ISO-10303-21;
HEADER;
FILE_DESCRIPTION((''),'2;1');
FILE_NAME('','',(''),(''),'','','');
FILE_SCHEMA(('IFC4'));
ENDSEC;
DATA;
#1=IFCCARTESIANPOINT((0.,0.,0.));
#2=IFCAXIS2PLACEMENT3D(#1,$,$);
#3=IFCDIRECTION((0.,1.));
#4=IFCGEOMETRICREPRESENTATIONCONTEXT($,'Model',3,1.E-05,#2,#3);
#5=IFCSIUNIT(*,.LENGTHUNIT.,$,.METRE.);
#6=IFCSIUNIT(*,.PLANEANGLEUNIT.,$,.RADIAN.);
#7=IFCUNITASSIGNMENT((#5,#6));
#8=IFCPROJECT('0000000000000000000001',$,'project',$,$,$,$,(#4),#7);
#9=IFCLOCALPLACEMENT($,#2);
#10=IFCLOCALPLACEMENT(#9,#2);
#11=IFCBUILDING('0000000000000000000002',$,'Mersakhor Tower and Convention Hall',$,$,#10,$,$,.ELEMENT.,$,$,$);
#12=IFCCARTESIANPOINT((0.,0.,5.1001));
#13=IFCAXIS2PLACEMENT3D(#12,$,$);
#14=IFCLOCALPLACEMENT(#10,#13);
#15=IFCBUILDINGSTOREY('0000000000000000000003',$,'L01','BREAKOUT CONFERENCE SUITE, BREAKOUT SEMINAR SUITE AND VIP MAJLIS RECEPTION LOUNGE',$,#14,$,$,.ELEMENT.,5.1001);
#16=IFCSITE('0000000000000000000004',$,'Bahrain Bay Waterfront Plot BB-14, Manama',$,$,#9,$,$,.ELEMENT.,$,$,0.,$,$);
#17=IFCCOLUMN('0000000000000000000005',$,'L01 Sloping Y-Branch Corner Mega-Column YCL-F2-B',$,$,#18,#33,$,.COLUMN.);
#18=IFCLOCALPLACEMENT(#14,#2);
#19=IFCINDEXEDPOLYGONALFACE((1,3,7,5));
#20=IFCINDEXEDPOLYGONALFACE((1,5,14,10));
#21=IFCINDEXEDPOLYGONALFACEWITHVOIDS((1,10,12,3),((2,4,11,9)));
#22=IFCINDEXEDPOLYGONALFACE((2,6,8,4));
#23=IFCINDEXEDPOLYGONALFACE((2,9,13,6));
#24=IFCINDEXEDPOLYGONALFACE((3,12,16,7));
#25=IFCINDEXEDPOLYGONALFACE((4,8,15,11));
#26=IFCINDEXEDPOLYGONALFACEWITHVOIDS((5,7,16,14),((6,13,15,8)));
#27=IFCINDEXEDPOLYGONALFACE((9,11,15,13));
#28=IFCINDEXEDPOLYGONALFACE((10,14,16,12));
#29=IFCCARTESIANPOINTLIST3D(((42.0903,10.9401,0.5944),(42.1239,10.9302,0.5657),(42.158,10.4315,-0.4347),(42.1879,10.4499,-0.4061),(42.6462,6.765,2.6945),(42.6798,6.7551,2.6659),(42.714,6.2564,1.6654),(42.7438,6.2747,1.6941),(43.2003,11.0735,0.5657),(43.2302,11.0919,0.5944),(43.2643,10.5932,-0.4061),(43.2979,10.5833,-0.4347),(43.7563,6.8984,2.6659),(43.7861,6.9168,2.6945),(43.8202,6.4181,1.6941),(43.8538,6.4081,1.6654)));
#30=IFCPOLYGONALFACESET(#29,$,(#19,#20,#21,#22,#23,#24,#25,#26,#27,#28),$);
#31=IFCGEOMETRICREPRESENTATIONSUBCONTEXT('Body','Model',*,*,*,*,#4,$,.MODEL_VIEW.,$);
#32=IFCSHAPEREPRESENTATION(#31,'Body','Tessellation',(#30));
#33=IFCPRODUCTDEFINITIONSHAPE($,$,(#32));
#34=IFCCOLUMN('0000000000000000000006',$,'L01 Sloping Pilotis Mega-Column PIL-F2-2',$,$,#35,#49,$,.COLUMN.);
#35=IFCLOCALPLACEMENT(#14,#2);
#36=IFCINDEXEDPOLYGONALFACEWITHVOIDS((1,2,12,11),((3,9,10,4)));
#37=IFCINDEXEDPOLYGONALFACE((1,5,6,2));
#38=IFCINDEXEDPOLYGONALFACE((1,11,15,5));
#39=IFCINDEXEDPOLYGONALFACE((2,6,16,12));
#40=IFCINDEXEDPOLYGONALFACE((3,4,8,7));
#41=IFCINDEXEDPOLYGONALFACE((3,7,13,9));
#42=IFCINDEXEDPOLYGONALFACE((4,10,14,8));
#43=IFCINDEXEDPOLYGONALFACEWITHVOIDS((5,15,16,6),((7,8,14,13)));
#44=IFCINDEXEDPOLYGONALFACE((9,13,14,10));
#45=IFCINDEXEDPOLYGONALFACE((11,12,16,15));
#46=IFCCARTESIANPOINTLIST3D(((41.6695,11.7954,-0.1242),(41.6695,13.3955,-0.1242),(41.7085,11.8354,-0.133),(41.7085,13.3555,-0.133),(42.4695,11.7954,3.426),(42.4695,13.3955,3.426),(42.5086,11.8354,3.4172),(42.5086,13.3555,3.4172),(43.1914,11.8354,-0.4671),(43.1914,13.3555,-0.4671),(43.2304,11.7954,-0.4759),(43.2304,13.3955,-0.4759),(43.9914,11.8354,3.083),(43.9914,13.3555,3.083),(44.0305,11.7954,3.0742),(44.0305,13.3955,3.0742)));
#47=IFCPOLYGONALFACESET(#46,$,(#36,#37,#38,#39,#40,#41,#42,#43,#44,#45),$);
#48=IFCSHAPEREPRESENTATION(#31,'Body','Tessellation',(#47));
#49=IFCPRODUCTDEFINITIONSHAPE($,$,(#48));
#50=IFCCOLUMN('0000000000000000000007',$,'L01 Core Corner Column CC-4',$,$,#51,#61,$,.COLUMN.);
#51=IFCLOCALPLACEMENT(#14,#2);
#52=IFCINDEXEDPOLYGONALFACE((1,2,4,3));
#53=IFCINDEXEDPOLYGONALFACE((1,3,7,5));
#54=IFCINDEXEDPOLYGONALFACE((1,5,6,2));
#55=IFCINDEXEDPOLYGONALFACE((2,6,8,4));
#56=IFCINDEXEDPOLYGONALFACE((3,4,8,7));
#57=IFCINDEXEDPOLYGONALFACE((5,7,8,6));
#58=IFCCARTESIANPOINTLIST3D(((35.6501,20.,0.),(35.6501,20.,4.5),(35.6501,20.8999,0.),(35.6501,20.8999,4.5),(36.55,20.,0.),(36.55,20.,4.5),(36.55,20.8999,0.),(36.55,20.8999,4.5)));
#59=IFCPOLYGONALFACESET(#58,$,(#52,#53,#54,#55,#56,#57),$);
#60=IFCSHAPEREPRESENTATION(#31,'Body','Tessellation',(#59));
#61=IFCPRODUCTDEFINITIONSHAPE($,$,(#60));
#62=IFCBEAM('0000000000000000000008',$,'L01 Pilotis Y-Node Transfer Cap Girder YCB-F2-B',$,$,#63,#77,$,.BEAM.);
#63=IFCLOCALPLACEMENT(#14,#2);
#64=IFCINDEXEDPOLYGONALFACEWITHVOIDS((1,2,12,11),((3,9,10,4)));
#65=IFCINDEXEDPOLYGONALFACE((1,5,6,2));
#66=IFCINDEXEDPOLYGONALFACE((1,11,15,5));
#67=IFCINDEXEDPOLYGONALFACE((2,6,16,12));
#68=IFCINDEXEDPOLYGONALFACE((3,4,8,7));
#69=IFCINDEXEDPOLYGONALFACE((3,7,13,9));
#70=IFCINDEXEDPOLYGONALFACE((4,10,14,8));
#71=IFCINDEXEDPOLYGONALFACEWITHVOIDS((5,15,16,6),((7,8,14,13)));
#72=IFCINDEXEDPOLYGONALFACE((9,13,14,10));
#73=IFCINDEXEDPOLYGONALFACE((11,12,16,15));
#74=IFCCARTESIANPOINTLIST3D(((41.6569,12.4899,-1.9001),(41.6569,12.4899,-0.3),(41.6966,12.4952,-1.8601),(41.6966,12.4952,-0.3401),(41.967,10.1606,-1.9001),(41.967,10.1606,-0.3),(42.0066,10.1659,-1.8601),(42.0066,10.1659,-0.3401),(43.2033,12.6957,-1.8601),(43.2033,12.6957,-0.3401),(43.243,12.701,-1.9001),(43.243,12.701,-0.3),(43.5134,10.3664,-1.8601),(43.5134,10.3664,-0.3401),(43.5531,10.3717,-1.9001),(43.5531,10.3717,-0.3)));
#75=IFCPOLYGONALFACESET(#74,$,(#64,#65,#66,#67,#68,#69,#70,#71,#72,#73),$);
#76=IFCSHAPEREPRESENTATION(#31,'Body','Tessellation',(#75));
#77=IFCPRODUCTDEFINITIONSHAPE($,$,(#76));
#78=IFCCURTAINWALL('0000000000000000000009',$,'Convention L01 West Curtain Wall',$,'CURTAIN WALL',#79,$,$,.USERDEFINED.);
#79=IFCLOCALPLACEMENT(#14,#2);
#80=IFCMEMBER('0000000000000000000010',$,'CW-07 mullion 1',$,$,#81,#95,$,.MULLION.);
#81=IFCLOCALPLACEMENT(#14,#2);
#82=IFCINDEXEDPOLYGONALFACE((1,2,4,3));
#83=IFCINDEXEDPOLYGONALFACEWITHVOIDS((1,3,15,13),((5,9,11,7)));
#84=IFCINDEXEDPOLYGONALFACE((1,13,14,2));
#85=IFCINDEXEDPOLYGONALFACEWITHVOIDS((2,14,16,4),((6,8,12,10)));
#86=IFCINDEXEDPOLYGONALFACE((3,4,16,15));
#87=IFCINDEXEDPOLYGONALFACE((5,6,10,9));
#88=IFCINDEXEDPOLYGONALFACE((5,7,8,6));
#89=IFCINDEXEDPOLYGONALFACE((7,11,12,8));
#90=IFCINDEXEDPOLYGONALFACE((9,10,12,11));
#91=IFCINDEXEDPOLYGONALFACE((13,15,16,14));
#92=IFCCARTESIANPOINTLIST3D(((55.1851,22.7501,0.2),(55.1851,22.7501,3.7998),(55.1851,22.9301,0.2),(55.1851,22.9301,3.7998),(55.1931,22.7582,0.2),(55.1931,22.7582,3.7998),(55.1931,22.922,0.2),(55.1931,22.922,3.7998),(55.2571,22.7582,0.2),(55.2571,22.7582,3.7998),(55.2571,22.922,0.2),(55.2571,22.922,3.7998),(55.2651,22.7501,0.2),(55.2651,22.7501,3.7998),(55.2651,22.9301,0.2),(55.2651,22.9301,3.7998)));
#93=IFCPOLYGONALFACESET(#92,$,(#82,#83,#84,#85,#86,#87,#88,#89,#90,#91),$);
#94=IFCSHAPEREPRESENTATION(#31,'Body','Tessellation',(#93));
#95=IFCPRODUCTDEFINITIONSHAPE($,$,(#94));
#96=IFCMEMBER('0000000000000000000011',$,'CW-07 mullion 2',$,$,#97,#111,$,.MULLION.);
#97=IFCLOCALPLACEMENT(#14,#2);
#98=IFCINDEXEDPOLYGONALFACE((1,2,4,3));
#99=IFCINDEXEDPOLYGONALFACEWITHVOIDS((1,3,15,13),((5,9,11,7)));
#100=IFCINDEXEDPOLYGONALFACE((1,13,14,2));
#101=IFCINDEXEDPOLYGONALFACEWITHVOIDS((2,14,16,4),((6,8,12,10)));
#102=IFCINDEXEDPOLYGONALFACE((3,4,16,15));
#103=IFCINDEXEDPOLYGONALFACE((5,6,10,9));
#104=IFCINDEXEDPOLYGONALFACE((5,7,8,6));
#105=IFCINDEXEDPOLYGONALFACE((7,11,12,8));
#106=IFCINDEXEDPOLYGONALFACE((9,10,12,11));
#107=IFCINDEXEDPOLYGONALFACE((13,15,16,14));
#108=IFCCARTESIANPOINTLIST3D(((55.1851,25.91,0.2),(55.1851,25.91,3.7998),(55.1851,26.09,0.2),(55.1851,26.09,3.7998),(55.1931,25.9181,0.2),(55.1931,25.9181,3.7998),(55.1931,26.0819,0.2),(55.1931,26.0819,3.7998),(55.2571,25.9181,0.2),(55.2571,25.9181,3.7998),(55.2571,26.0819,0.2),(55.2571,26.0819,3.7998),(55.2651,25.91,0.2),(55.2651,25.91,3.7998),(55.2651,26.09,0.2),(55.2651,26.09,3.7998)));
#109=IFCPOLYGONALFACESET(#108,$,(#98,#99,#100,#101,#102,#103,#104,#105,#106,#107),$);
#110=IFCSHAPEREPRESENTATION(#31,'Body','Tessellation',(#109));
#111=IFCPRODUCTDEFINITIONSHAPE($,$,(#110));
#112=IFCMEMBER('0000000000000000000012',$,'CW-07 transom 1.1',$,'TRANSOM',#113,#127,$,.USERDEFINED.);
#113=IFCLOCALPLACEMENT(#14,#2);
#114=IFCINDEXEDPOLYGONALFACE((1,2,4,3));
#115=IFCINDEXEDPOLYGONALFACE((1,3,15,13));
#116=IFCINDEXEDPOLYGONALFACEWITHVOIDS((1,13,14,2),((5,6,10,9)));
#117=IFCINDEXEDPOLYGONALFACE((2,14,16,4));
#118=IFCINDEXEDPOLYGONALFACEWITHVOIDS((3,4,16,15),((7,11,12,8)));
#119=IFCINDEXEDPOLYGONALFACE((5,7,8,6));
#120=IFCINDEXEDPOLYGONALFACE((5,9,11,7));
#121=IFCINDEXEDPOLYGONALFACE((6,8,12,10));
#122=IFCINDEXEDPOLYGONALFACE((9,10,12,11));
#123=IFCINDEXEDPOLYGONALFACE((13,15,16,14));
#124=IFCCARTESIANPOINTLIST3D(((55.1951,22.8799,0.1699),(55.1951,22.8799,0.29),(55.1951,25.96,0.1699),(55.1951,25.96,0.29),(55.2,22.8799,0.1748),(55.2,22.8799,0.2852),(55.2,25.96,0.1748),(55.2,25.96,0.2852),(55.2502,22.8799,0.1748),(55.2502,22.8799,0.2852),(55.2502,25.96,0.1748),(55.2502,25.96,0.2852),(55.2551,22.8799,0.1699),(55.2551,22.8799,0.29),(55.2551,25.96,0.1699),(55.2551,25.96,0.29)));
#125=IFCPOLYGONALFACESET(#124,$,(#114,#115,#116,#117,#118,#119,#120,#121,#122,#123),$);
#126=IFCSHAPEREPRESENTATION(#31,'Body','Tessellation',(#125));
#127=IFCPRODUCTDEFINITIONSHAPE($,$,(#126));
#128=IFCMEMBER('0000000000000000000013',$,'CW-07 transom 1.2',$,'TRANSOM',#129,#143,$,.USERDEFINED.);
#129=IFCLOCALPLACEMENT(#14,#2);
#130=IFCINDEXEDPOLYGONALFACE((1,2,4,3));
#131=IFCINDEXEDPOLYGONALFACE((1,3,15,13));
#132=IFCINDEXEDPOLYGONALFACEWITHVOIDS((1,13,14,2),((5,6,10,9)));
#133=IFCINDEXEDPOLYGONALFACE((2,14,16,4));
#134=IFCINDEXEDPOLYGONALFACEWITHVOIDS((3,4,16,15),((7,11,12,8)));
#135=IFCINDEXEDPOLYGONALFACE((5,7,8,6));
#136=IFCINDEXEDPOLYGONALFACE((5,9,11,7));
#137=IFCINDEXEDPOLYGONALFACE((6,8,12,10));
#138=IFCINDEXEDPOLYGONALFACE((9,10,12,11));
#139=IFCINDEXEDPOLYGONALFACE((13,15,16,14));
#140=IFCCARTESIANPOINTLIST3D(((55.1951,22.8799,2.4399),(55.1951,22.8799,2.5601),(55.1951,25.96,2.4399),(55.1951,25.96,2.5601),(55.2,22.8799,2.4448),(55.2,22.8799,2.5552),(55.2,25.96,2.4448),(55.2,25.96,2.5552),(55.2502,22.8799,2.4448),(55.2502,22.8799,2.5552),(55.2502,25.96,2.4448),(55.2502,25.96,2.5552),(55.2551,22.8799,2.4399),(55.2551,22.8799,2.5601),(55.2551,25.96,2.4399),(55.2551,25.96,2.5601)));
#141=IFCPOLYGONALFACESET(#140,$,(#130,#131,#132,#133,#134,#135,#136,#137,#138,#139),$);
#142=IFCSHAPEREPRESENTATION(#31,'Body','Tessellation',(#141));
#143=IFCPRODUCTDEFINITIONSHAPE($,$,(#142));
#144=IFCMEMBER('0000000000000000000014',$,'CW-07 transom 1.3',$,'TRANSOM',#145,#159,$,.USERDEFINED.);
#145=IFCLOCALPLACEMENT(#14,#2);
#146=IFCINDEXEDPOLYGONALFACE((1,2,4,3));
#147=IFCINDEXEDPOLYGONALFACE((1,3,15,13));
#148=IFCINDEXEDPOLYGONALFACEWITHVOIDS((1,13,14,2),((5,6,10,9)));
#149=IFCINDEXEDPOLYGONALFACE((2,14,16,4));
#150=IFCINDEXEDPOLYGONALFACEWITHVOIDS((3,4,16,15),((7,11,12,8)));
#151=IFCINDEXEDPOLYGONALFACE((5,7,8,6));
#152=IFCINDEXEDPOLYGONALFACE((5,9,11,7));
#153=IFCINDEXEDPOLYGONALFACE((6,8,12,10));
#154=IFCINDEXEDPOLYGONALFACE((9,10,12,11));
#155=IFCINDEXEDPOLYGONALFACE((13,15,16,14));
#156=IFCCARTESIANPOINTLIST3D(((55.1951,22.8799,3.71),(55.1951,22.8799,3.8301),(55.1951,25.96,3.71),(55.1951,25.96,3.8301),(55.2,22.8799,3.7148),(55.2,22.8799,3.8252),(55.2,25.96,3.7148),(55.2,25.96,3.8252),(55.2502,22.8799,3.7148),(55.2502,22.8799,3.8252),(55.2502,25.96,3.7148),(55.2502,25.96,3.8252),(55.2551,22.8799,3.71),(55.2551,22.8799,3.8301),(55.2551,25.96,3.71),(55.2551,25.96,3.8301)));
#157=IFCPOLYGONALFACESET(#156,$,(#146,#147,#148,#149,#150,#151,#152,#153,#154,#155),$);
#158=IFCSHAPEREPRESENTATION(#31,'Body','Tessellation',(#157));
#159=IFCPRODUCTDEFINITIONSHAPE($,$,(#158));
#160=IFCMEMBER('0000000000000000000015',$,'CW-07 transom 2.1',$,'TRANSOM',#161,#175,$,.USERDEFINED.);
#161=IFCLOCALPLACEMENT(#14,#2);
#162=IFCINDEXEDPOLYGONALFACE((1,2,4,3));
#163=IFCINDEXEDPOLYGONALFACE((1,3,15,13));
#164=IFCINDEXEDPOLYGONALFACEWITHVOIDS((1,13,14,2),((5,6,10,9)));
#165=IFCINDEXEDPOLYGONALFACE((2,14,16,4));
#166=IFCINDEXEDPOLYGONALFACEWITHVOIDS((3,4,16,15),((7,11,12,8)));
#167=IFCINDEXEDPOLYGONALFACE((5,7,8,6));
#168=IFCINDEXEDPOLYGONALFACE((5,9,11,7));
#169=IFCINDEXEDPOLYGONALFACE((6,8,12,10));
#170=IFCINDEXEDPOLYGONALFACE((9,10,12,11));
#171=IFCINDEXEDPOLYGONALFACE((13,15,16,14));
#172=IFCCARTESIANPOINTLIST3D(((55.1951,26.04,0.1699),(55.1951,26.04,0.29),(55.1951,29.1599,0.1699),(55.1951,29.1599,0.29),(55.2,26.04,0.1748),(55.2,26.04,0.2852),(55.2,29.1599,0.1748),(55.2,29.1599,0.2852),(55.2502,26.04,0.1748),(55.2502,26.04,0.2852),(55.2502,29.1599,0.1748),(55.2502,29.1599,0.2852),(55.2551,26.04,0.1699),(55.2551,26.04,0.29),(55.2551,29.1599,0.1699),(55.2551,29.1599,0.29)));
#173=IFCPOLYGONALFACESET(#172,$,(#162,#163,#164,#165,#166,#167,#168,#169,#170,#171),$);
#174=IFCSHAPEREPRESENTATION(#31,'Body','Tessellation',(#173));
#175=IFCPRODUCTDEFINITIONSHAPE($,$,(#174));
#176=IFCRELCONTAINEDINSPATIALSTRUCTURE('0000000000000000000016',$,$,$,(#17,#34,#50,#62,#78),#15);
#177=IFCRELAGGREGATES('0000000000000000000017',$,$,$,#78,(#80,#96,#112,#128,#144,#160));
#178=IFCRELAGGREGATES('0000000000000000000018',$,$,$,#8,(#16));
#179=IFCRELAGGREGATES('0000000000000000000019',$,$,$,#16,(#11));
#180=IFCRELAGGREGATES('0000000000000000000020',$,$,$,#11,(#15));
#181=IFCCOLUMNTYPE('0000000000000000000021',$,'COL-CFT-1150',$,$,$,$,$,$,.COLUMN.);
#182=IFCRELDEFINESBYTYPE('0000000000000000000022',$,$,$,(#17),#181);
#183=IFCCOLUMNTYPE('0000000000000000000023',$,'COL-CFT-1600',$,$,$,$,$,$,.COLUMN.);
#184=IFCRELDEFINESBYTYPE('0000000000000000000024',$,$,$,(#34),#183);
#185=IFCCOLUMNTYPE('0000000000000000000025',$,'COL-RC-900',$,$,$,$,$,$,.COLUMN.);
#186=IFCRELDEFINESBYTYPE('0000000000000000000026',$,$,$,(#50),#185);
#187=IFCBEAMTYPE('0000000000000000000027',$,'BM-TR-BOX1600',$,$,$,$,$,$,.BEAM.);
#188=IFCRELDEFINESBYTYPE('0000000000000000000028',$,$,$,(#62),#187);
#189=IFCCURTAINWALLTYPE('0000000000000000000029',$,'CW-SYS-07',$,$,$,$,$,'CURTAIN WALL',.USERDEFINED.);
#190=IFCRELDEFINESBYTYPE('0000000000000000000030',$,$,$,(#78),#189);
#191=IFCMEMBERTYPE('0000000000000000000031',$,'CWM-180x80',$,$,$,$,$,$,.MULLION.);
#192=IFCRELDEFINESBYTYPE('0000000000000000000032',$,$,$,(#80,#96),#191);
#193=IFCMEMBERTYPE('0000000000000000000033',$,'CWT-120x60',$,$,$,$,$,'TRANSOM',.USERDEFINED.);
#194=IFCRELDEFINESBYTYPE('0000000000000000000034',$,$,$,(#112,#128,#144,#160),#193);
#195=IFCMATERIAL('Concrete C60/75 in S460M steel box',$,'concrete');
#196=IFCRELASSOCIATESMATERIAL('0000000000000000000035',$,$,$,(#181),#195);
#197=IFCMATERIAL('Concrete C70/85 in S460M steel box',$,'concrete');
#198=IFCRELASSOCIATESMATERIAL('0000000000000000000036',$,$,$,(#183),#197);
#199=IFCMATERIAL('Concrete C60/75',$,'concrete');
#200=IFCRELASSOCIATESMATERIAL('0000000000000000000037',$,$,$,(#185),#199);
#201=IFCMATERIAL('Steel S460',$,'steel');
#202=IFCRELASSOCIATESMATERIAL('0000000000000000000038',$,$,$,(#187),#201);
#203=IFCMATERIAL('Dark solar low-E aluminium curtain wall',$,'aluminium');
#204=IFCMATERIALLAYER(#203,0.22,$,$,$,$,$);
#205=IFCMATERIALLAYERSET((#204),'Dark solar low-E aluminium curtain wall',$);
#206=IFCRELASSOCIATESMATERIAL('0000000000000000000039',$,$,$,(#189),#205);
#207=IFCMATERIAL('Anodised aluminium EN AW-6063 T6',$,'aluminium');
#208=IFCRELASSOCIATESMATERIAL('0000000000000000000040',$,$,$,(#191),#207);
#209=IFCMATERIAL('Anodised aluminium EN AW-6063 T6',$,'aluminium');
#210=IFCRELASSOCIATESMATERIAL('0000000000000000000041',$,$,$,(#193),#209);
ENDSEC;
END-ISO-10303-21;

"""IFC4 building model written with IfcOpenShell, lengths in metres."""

from ifc_helpers import new_model, si_unit, direction, frame, origin, origin_2d, place, context, subcontext, project, spatial, rectangle, hollow_rectangle, extrude, material, layer, layer_set, material_profile, profile_set, type_object, element, aggregate, save


model = new_model("IFC4")

# Units and contexts
model_context = context("Model", 3, precision=1e-05, world=origin(), true_north=direction((0.0, 1.0)))
body_context = subcontext(model_context, "Body", "Model", "MODEL_VIEW")
ifc_project = project(units=[si_unit("LENGTHUNIT", "METRE"), si_unit("PLANEANGLEUNIT", "RADIAN")], contexts=[model_context])

# Site, building, storey
site_placement = place(None, origin())
site = spatial("IfcSite", under=ifc_project, at=site_placement, Name="Bahrain Bay Waterfront Plot BB-14, Manama", CompositionType="ELEMENT", RefElevation=0.0)
building_placement = place(site_placement, origin())
building = spatial("IfcBuilding", under=site, at=building_placement, Name="Mersakhor Tower and Convention Hall", CompositionType="ELEMENT")
storey_placement = place(building_placement, frame((0.0, 0.0, 5.1001)))
storey = spatial("IfcBuildingStorey", under=building, at=storey_placement, Name="L01", Description="BREAKOUT CONFERENCE SUITE, BREAKOUT SEMINAR SUITE AND VIP MAJLIS RECEPTION LOUNGE", CompositionType="ELEMENT", Elevation=5.1001)

# Columns
ifc_material_1 = material(Name="Concrete C60/75 in S460M steel box", Category="concrete")
ifc_material_profile_1 = material_profile(ifc_material_1, hollow_rectangle(XDim=1.1499, YDim=1.1499, WallThickness=0.032, at=origin_2d()), Name="SHS 1150x1150x32")
ifc_profile_set_1 = profile_set([ifc_material_profile_1], Name="Concrete C60/75 in S460M steel box")
column_type_1 = type_object("IfcColumnType", Name="COL-CFT-1150", PredefinedType="COLUMN", material=ifc_profile_set_1)
column_1_placement = place(storey_placement, frame((42.6941, 10.7617, 0.0798), z_axis=(0.118117, -0.887095, 0.446219), x_axis=(0.991252, 0.131985, 0.0)))
element("IfcColumn", 1, at=column_1_placement, inside=storey, type_object=column_type_1, Name="L01 Sloping Y-Branch Corner Mega-Column YCL-F2-B", PredefinedType="COLUMN", context=body_context, shape_type="SweptSolid", body=[
    extrude(hollow_rectangle(XDim=1.1499, YDim=1.1499, WallThickness=0.032, at=origin_2d()), origin(), (0.0, 0.0, 1.0), 4.7065),
])
ifc_material_2 = material(Name="Concrete C70/85 in S460M steel box", Category="concrete")
ifc_material_profile_2 = material_profile(ifc_material_2, hollow_rectangle(XDim=1.6001, YDim=1.6001, WallThickness=0.04, at=origin_2d()), Name="SHS 1600x1600x40")
ifc_profile_set_2 = profile_set([ifc_material_profile_2], Name="Concrete C70/85 in S460M steel box")
column_type_2 = type_object("IfcColumnType", Name="COL-CFT-1600", PredefinedType="COLUMN", material=ifc_profile_set_2)
column_2_placement = place(storey_placement, frame((42.45, 12.5955, -0.3), z_axis=(0.219849, 0.0, 0.975534), x_axis=(0.0, 1.0, 0.0)))
element("IfcColumn", 2, at=column_2_placement, inside=storey, type_object=column_type_2, Name="L01 Sloping Pilotis Mega-Column PIL-F2-2", PredefinedType="COLUMN", context=body_context, shape_type="SweptSolid", body=[
    extrude(hollow_rectangle(XDim=1.6001, YDim=1.6001, WallThickness=0.04, at=origin_2d()), origin(), (0.0, 0.0, 1.0), 3.6392),
])
ifc_material_3 = material(Name="Concrete C60/75", Category="concrete")
ifc_material_profile_3 = material_profile(ifc_material_3, rectangle(XDim=0.8999, YDim=0.8999, at=origin_2d()), Name="RC 900x900")
ifc_profile_set_3 = profile_set([ifc_material_profile_3], Name="Concrete C60/75")
column_type_3 = type_object("IfcColumnType", Name="COL-RC-900", PredefinedType="COLUMN", material=ifc_profile_set_3)
column_3_placement = place(storey_placement, frame((36.1001, 20.45, 0.0), z_axis=(0.0, 0.0, 1.0), x_axis=(1.0, 0.0, 0.0)))
element("IfcColumn", 3, at=column_3_placement, inside=storey, type_object=column_type_3, Name="L01 Core Corner Column CC-4", PredefinedType="COLUMN", context=body_context, shape_type="SweptSolid", body=[
    extrude(rectangle(XDim=0.8999, YDim=0.8999, at=origin_2d()), origin(), (0.0, 0.0, 1.0), 4.5),
])

# Beam
ifc_material_4 = material(Name="Steel S460", Category="steel")
ifc_material_profile_4 = material_profile(ifc_material_4, hollow_rectangle(XDim=1.6001, YDim=1.6001, WallThickness=0.04, at=origin_2d()), Name="SHS 1600x1600x40")
ifc_profile_set_4 = profile_set([ifc_material_profile_4], Name="Steel S460")
beam_type = type_object("IfcBeamType", Name="BM-TR-BOX1600", PredefinedType="BEAM", material=ifc_profile_set_4)
beam_placement = place(storey_placement, frame((42.45, 12.5955, -1.1001), z_axis=(0.131946, -0.991257, 0.0), x_axis=(0.991257, 0.131946, 0.0)))
element("IfcBeam", 4, at=beam_placement, inside=storey, type_object=beam_type, Name="L01 Pilotis Y-Node Transfer Cap Girder YCB-F2-B", PredefinedType="BEAM", context=body_context, shape_type="SweptSolid", body=[
    extrude(hollow_rectangle(XDim=1.6001, YDim=1.6001, WallThickness=0.04, at=origin_2d()), origin(), (0.0, 0.0, 1.0), 2.3499),
])

# Curtain wall, members
ifc_material_5 = material(Name="Dark solar low-E aluminium curtain wall", Category="aluminium")
ifc_layer_1 = layer(ifc_material_5, 0.22)
ifc_layer_set_1 = layer_set([ifc_layer_1], Name="Dark solar low-E aluminium curtain wall")
curtain_wall_type = type_object("IfcCurtainWallType", Name="CW-SYS-07", ElementType="CURTAIN WALL", PredefinedType="USERDEFINED", material=ifc_layer_set_1)
curtain_wall_placement = place(storey_placement, origin())
curtain_wall = element("IfcCurtainWall", 5, at=curtain_wall_placement, inside=storey, type_object=curtain_wall_type, Name="Convention L01 West Curtain Wall", ObjectType="CURTAIN WALL", PredefinedType="USERDEFINED")
ifc_material_6 = material(Name="Anodised aluminium EN AW-6063 T6", Category="aluminium")
ifc_material_profile_5 = material_profile(ifc_material_6, hollow_rectangle(XDim=0.0801, YDim=0.1799, WallThickness=0.0081, at=origin_2d()), Name="RHS 180x80x8")
ifc_profile_set_5 = profile_set([ifc_material_profile_5], Name="Anodised aluminium EN AW-6063 T6")
member_type_1 = type_object("IfcMemberType", Name="CWM-180x80", PredefinedType="MULLION", material=ifc_profile_set_5)
member_1_placement = place(storey_placement, frame((55.2251, 22.8401, 0.2), z_axis=(0.0, 0.0, 1.0), x_axis=(-1.0, 0.0, 0.0)))
member_1 = element("IfcMember", 6, at=member_1_placement, type_object=member_type_1, Name="CW-07 mullion 1", PredefinedType="MULLION", context=body_context, shape_type="SweptSolid", body=[
    extrude(hollow_rectangle(XDim=0.0801, YDim=0.1799, WallThickness=0.0081, at=origin_2d()), origin(), (0.0, 0.0, 1.0), 3.5999),
])
member_2_placement = place(storey_placement, frame((55.2251, 26.0, 0.2), z_axis=(0.0, 0.0, 1.0), x_axis=(-1.0, 0.0, 0.0)))
member_2 = element("IfcMember", 7, at=member_2_placement, type_object=member_type_1, Name="CW-07 mullion 2", PredefinedType="MULLION", context=body_context, shape_type="SweptSolid", body=[
    extrude(hollow_rectangle(XDim=0.0801, YDim=0.1799, WallThickness=0.0081, at=origin_2d()), origin(), (0.0, 0.0, 1.0), 3.5999),
])
ifc_material_7 = material(Name="Anodised aluminium EN AW-6063 T6", Category="aluminium")
ifc_material_profile_6 = material_profile(ifc_material_7, hollow_rectangle(XDim=0.0601, YDim=0.1201, WallThickness=0.0049, at=origin_2d()), Name="RHS 120x60x5")
ifc_profile_set_6 = profile_set([ifc_material_profile_6], Name="Anodised aluminium EN AW-6063 T6")
member_type_2 = type_object("IfcMemberType", Name="CWT-120x60", ElementType="TRANSOM", PredefinedType="USERDEFINED", material=ifc_profile_set_6)
member_3_placement = place(storey_placement, frame((55.2251, 22.8799, 0.23), z_axis=(0.0, 1.0, 0.0), x_axis=(-1.0, 0.0, 0.0)))
member_3 = element("IfcMember", 8, at=member_3_placement, type_object=member_type_2, Name="CW-07 transom 1.1", ObjectType="TRANSOM", PredefinedType="USERDEFINED", context=body_context, shape_type="SweptSolid", body=[
    extrude(hollow_rectangle(XDim=0.0601, YDim=0.1201, WallThickness=0.0049, at=origin_2d()), origin(), (0.0, 0.0, 1.0), 3.0801),
])
member_4_placement = place(storey_placement, frame((55.2251, 22.8799, 2.5), z_axis=(0.0, 1.0, 0.0), x_axis=(-1.0, 0.0, 0.0)))
member_4 = element("IfcMember", 9, at=member_4_placement, type_object=member_type_2, Name="CW-07 transom 1.2", ObjectType="TRANSOM", PredefinedType="USERDEFINED", context=body_context, shape_type="SweptSolid", body=[
    extrude(hollow_rectangle(XDim=0.0601, YDim=0.1201, WallThickness=0.0049, at=origin_2d()), origin(), (0.0, 0.0, 1.0), 3.0801),
])
member_5_placement = place(storey_placement, frame((55.2251, 22.8799, 3.77), z_axis=(0.0, 1.0, 0.0), x_axis=(-1.0, 0.0, 0.0)))
member_5 = element("IfcMember", 10, at=member_5_placement, type_object=member_type_2, Name="CW-07 transom 1.3", ObjectType="TRANSOM", PredefinedType="USERDEFINED", context=body_context, shape_type="SweptSolid", body=[
    extrude(hollow_rectangle(XDim=0.0601, YDim=0.1201, WallThickness=0.0049, at=origin_2d()), origin(), (0.0, 0.0, 1.0), 3.0801),
])
member_6_placement = place(storey_placement, frame((55.2251, 26.04, 0.23), z_axis=(0.0, 1.0, 0.0), x_axis=(-1.0, 0.0, 0.0)))
member_6 = element("IfcMember", 11, at=member_6_placement, type_object=member_type_2, Name="CW-07 transom 2.1", ObjectType="TRANSOM", PredefinedType="USERDEFINED", context=body_context, shape_type="SweptSolid", body=[
    extrude(hollow_rectangle(XDim=0.0601, YDim=0.1201, WallThickness=0.0049, at=origin_2d()), origin(), (0.0, 0.0, 1.0), 3.1199),
])
aggregate(curtain_wall, [member_1, member_2, member_3, member_4, member_5, member_6])

save(model, "model.ifc")
